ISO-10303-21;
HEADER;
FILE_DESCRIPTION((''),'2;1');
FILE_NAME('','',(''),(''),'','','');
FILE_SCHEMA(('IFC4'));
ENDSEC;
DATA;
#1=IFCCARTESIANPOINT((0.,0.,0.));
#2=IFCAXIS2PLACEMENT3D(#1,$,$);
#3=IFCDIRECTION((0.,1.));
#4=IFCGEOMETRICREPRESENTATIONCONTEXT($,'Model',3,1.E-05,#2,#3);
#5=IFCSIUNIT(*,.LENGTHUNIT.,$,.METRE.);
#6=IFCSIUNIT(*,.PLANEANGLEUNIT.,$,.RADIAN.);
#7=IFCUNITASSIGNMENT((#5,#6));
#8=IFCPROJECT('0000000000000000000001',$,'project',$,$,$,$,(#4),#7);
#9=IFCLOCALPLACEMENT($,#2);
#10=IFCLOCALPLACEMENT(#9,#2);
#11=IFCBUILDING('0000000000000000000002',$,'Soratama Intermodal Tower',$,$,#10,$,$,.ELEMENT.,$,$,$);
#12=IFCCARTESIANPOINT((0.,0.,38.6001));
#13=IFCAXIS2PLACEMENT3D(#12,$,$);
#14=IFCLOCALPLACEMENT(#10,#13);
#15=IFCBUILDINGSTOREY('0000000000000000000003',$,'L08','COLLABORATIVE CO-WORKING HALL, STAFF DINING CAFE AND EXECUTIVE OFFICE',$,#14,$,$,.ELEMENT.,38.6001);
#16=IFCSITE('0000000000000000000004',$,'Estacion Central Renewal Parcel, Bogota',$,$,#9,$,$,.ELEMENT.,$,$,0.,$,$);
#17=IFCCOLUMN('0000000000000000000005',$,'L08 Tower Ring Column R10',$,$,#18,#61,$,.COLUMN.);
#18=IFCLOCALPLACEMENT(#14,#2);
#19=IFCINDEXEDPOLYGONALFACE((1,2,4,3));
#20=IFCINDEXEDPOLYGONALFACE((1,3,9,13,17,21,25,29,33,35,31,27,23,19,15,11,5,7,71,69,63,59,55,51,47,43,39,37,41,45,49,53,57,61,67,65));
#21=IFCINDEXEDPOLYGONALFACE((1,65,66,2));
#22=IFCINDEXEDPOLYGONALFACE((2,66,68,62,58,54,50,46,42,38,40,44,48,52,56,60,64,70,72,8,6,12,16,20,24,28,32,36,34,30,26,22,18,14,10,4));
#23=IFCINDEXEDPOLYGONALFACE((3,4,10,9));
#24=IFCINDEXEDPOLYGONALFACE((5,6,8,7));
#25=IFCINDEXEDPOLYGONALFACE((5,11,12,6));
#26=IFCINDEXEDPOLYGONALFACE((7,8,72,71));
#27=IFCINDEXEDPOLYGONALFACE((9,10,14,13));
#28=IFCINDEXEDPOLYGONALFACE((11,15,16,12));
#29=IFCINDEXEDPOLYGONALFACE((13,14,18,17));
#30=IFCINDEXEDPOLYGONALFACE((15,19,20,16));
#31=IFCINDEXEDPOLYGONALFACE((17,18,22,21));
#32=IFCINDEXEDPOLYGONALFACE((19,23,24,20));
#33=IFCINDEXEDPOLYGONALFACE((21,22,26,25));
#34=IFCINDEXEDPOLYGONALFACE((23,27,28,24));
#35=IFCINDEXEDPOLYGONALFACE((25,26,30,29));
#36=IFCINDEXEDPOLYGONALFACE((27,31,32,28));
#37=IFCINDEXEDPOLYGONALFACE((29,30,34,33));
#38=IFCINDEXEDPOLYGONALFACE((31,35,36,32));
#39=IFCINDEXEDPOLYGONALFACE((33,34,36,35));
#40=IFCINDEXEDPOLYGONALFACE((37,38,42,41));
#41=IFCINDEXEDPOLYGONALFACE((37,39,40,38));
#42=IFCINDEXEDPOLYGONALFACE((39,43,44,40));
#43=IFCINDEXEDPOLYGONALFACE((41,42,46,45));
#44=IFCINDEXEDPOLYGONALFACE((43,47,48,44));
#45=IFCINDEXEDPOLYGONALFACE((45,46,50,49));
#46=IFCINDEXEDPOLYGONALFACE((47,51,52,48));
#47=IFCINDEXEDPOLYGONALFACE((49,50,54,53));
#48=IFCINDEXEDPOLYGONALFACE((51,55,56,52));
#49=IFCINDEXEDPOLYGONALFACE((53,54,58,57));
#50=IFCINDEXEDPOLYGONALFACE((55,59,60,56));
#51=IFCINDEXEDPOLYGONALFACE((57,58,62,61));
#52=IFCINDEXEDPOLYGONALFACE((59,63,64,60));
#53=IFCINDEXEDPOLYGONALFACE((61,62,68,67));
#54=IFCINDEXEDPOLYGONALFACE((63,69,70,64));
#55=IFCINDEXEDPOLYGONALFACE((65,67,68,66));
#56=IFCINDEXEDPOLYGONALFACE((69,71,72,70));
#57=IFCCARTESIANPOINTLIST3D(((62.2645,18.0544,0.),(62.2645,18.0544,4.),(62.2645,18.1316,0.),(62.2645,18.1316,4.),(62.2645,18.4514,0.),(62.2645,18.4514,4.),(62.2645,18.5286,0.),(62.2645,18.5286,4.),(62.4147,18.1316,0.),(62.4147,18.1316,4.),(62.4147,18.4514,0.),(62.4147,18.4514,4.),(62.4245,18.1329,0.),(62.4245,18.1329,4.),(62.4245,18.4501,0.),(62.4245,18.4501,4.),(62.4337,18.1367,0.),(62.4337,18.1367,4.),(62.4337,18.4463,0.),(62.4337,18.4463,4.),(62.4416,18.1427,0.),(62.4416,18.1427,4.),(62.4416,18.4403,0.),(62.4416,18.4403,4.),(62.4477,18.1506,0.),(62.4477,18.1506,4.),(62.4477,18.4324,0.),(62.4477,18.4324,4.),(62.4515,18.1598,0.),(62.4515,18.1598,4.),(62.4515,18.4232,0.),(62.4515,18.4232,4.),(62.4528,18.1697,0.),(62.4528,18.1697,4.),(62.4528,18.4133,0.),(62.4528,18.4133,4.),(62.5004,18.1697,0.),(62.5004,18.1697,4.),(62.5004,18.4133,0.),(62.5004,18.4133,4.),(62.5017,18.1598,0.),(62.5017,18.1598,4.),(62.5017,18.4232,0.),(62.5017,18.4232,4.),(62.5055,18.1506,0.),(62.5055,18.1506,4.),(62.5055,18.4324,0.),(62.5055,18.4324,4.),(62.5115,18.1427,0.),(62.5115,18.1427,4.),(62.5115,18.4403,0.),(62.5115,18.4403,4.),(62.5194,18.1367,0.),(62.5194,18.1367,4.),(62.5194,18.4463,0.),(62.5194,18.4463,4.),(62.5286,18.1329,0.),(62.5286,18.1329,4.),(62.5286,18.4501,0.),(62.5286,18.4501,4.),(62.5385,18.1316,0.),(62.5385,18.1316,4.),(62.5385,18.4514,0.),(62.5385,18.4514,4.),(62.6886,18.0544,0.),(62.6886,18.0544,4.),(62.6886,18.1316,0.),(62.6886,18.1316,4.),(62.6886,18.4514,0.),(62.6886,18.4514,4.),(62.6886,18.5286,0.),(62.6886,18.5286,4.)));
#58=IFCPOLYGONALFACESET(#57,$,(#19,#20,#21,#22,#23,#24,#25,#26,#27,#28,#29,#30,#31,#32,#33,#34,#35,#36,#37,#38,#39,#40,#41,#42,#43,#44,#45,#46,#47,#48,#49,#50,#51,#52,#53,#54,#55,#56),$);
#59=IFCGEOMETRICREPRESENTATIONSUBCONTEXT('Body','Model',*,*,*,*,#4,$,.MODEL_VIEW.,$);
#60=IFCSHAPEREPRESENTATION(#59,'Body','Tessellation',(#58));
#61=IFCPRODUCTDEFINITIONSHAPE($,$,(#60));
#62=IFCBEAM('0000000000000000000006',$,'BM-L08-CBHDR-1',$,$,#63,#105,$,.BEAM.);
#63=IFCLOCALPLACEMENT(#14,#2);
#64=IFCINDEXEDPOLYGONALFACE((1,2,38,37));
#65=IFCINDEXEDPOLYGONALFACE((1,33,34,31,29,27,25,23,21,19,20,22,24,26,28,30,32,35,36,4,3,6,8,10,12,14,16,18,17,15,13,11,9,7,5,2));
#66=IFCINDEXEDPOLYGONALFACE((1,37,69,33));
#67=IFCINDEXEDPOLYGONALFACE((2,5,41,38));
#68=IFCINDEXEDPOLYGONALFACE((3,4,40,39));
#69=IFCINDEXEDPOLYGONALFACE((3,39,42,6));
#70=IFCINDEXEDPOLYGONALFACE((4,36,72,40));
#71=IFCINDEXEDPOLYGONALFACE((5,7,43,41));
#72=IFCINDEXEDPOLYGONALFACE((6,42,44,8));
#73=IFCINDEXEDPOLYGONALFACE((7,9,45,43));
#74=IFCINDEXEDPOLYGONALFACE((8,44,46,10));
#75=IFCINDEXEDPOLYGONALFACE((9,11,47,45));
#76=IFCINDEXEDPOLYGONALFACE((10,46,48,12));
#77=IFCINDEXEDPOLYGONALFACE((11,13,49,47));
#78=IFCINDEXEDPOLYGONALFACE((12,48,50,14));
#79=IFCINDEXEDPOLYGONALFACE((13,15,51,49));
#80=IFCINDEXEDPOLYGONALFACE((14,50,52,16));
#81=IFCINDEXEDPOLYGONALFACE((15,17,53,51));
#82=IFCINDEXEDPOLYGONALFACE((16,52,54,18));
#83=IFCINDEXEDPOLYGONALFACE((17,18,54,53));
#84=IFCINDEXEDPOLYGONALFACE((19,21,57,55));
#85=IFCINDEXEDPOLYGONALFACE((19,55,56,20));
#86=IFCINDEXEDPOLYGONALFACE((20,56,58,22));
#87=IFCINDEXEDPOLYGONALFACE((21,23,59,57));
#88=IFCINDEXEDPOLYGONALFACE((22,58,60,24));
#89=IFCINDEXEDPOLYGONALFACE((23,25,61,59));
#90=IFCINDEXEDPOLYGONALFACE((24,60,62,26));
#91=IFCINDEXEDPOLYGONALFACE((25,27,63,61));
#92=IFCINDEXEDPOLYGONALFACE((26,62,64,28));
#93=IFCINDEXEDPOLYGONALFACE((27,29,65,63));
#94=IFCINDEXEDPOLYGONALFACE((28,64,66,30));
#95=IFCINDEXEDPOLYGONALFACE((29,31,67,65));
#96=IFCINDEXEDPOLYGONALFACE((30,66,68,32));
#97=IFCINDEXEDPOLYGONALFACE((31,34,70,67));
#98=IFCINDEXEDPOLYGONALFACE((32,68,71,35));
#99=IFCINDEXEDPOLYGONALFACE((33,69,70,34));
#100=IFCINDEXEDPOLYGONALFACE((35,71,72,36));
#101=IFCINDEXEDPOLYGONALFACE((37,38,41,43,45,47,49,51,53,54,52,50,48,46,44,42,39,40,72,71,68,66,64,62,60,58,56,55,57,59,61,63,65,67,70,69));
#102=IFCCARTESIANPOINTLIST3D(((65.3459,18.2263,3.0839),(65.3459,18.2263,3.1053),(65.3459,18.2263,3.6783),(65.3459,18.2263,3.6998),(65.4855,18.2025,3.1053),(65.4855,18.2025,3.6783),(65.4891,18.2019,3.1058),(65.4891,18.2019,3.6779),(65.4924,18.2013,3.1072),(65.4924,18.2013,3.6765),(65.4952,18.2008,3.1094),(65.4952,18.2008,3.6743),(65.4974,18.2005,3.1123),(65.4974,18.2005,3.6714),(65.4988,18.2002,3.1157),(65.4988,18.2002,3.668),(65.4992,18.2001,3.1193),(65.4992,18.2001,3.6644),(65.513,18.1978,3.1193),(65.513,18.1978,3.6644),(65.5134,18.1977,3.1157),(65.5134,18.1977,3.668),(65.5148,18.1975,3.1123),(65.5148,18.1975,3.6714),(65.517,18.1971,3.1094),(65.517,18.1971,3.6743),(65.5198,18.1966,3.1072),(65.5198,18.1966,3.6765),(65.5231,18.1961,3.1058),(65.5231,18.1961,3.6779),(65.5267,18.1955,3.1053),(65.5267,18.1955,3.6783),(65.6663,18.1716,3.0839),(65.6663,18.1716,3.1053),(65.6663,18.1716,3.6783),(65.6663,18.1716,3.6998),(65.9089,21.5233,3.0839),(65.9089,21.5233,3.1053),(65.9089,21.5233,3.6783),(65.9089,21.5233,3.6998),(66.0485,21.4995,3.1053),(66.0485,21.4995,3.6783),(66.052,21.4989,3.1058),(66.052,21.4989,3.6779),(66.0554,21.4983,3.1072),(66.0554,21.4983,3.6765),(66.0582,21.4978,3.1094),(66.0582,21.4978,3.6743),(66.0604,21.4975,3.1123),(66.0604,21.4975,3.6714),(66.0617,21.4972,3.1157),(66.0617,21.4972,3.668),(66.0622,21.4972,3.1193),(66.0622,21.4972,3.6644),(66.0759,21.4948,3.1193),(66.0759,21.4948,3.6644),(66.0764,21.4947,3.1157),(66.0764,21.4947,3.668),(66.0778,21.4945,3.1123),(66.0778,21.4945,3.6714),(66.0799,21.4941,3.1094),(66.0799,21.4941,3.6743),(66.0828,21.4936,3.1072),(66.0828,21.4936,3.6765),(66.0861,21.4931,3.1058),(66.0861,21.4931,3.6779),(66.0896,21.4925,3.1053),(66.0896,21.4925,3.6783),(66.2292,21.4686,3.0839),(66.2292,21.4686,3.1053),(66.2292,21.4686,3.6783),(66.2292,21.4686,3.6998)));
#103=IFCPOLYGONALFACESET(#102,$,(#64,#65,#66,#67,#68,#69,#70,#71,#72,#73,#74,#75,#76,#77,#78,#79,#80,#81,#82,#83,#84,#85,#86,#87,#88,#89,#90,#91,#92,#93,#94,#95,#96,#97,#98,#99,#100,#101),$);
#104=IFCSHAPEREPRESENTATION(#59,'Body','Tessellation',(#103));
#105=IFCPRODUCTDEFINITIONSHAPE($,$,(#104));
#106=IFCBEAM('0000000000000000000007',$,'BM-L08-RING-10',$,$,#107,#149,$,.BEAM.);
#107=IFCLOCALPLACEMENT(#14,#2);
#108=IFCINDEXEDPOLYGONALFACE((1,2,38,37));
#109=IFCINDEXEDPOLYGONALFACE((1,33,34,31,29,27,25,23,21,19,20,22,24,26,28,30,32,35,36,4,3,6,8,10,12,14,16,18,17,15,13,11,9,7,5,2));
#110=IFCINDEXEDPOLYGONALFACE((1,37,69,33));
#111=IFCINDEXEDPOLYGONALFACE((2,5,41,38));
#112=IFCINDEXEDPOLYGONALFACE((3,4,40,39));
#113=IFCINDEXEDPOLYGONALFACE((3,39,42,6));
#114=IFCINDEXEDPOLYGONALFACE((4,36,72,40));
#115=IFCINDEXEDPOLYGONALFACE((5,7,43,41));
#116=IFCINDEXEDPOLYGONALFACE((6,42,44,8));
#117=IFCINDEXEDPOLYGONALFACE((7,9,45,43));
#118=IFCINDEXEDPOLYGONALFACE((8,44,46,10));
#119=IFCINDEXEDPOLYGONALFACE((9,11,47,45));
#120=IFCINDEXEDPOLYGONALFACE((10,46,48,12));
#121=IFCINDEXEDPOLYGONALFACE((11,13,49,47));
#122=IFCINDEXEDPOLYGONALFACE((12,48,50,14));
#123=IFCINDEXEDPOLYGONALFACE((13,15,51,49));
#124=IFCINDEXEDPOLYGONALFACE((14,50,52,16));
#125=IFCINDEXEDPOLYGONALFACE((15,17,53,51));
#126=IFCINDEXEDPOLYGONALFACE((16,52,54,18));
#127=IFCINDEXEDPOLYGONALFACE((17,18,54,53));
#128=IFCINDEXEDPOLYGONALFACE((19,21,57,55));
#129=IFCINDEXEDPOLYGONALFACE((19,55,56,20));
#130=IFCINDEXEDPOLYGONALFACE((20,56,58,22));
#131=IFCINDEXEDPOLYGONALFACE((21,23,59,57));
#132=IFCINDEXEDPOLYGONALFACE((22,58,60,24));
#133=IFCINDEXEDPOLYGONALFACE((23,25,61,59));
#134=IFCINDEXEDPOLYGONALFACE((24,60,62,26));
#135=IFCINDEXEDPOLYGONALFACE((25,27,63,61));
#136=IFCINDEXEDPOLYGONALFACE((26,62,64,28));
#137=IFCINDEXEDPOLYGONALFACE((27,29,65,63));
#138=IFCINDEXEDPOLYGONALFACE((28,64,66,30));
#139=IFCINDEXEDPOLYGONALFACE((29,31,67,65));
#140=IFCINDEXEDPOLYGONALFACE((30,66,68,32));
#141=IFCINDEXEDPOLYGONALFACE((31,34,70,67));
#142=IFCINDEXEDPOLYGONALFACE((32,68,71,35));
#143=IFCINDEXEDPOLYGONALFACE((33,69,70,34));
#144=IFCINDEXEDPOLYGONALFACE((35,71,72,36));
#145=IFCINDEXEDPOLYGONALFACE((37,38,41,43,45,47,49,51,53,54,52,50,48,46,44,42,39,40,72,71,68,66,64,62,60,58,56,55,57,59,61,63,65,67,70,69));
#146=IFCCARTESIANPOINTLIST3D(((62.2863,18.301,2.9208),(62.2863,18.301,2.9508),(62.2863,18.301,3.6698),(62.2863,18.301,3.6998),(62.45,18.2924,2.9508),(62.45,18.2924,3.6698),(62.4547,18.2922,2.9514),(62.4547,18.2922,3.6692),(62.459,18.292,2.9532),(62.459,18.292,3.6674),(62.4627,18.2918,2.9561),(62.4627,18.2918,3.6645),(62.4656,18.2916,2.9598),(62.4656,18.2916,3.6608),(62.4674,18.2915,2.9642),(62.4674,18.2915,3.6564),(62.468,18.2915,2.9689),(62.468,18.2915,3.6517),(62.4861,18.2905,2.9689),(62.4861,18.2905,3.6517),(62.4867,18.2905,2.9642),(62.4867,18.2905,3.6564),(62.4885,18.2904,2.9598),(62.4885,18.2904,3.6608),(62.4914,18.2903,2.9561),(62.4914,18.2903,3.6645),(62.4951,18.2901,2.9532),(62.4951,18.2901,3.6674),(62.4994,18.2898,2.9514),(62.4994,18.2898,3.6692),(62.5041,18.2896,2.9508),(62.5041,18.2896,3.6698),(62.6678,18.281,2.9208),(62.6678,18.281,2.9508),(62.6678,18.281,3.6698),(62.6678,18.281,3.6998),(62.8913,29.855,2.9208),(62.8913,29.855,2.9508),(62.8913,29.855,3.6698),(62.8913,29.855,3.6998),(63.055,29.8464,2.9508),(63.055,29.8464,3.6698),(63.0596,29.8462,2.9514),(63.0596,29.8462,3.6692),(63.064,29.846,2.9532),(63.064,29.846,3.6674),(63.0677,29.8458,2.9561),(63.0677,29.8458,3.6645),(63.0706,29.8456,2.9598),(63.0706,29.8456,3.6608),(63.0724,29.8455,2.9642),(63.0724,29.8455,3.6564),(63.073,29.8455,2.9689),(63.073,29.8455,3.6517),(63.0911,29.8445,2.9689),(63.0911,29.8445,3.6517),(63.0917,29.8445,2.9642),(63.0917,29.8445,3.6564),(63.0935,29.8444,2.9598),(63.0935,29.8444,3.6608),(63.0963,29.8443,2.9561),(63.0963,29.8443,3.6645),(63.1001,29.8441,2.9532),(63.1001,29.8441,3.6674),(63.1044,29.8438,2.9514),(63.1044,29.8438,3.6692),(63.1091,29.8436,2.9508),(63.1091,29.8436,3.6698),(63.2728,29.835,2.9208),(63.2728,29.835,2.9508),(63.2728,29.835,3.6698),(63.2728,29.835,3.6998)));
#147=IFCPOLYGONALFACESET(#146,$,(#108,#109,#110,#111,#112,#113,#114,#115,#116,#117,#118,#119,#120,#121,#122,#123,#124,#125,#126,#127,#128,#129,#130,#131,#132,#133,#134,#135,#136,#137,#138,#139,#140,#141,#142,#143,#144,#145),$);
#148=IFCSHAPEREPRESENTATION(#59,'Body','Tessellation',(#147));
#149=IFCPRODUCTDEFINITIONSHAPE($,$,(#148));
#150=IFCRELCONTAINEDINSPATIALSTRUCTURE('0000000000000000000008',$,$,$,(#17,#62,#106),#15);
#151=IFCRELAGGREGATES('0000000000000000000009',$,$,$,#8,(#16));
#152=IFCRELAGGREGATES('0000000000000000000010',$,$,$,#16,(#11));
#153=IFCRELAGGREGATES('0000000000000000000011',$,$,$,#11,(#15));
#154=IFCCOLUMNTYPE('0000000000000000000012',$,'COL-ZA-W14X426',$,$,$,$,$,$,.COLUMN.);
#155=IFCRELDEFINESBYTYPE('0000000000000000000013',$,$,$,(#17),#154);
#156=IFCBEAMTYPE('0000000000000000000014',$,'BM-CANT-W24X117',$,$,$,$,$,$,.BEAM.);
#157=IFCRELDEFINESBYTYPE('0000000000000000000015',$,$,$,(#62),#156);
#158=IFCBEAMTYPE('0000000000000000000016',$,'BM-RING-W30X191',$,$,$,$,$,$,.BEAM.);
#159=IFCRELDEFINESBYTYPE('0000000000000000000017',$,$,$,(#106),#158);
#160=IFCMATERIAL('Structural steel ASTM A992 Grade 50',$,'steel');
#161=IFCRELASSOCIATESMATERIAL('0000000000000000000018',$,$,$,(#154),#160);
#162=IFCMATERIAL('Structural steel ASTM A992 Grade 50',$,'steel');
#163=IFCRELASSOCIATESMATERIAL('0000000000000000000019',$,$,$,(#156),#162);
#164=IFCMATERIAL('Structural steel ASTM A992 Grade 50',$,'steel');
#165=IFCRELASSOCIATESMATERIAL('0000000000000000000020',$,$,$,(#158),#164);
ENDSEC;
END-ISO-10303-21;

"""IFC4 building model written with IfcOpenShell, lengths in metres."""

from ifc_helpers import new_model, si_unit, direction, frame, origin, origin_2d, place, context, subcontext, project, spatial, i_section, extrude, material, material_profile, profile_set, type_object, element, save


model = new_model("IFC4")

# Units and contexts
model_context = context("Model", 3, precision=1e-05, world=origin(), true_north=direction((0.0, 1.0)))
body_context = subcontext(model_context, "Body", "Model", "MODEL_VIEW")
ifc_project = project(units=[si_unit("LENGTHUNIT", "METRE"), si_unit("PLANEANGLEUNIT", "RADIAN")], contexts=[model_context])

# Site, building, storey
site_placement = place(None, origin())
site = spatial("IfcSite", under=ifc_project, at=site_placement, Name="Estacion Central Renewal Parcel, Bogota", CompositionType="ELEMENT", RefElevation=0.0)
building_placement = place(site_placement, origin())
building = spatial("IfcBuilding", under=site, at=building_placement, Name="Soratama Intermodal Tower", CompositionType="ELEMENT")
storey_placement = place(building_placement, frame((0.0, 0.0, 38.6001)))
storey = spatial("IfcBuildingStorey", under=building, at=storey_placement, Name="L08", Description="COLLABORATIVE CO-WORKING HALL, STAFF DINING CAFE AND EXECUTIVE OFFICE", CompositionType="ELEMENT", Elevation=38.6001)

# Column
ifc_material_1 = material(Name="Structural steel ASTM A992 Grade 50", Category="steel")
ifc_material_profile_1 = material_profile(ifc_material_1, i_section(OverallWidth=0.4241, OverallDepth=0.4741, WebThickness=0.0476, FlangeThickness=0.0771, FilletRadius=0.0381, at=origin_2d()), Name="W14X426")
ifc_profile_set_1 = profile_set([ifc_material_profile_1], Name="Structural steel ASTM A992 Grade 50")
column_type = type_object("IfcColumnType", Name="COL-ZA-W14X426", PredefinedType="COLUMN", material=ifc_profile_set_1)
column_placement = place(storey_placement, frame((62.4766, 18.2915, 0.0), z_axis=(0.0, 0.0, 1.0), x_axis=(1.0, 0.0, 0.0)))
element("IfcColumn", 1, at=column_placement, inside=storey, type_object=column_type, Name="L08 Tower Ring Column R10", PredefinedType="COLUMN", context=body_context, shape_type="SweptSolid", body=[
    extrude(i_section(OverallWidth=0.4241, OverallDepth=0.4741, WebThickness=0.0476, FlangeThickness=0.0771, FilletRadius=0.0381, at=origin_2d()), origin(), (0.0, 0.0, 1.0), 4.0),
])

# Beams
ifc_material_2 = material(Name="Structural steel ASTM A992 Grade 50", Category="steel")
ifc_material_profile_2 = material_profile(ifc_material_2, i_section(OverallWidth=0.325, OverallDepth=0.616, WebThickness=0.0139, FlangeThickness=0.0215, FilletRadius=0.0139, at=origin_2d()), Name="W24X117")
ifc_profile_set_2 = profile_set([ifc_material_profile_2], Name="Structural steel ASTM A992 Grade 50")
beam_type_1 = type_object("IfcBeamType", Name="BM-CANT-W24X117", PredefinedType="BEAM", material=ifc_profile_set_2)
beam_1_placement = place(storey_placement, frame((65.5061, 18.199, 3.3918), z_axis=(0.168315, 0.985733, 0.0), x_axis=(-0.985733, 0.168315, 0.0)))
element("IfcBeam", 2, at=beam_1_placement, inside=storey, type_object=beam_type_1, Name="BM-L08-CBHDR-1", PredefinedType="BEAM", context=body_context, shape_type="SweptSolid", body=[
    extrude(i_section(OverallWidth=0.325, OverallDepth=0.616, WebThickness=0.0139, FlangeThickness=0.0215, FilletRadius=0.0139, at=origin_2d()), origin(), (0.0, 0.0, 1.0), 3.3447),
])
ifc_material_3 = material(Name="Structural steel ASTM A992 Grade 50", Category="steel")
ifc_material_profile_3 = material_profile(ifc_material_3, i_section(OverallWidth=0.3821, OverallDepth=0.7791, WebThickness=0.0181, FlangeThickness=0.03, FilletRadius=0.0181, at=origin_2d()), Name="W30X191")
ifc_profile_set_3 = profile_set([ifc_material_profile_3], Name="Structural steel ASTM A992 Grade 50")
beam_type_2 = type_object("IfcBeamType", Name="BM-RING-W30X191", PredefinedType="BEAM", material=ifc_profile_set_3)
beam_2_placement = place(storey_placement, frame((62.4771, 18.291, 3.3103), z_axis=(0.05229, 0.998632, 0.0), x_axis=(-0.998632, 0.05229, 0.0)))
element("IfcBeam", 3, at=beam_2_placement, inside=storey, type_object=beam_type_2, Name="BM-L08-RING-10", PredefinedType="BEAM", context=body_context, shape_type="SweptSolid", body=[
    extrude(i_section(OverallWidth=0.3821, OverallDepth=0.7791, WebThickness=0.0181, FlangeThickness=0.03, FilletRadius=0.0181, at=origin_2d()), origin(), (0.0, 0.0, 1.0), 11.5698),
])

save(model, "model.ifc")
